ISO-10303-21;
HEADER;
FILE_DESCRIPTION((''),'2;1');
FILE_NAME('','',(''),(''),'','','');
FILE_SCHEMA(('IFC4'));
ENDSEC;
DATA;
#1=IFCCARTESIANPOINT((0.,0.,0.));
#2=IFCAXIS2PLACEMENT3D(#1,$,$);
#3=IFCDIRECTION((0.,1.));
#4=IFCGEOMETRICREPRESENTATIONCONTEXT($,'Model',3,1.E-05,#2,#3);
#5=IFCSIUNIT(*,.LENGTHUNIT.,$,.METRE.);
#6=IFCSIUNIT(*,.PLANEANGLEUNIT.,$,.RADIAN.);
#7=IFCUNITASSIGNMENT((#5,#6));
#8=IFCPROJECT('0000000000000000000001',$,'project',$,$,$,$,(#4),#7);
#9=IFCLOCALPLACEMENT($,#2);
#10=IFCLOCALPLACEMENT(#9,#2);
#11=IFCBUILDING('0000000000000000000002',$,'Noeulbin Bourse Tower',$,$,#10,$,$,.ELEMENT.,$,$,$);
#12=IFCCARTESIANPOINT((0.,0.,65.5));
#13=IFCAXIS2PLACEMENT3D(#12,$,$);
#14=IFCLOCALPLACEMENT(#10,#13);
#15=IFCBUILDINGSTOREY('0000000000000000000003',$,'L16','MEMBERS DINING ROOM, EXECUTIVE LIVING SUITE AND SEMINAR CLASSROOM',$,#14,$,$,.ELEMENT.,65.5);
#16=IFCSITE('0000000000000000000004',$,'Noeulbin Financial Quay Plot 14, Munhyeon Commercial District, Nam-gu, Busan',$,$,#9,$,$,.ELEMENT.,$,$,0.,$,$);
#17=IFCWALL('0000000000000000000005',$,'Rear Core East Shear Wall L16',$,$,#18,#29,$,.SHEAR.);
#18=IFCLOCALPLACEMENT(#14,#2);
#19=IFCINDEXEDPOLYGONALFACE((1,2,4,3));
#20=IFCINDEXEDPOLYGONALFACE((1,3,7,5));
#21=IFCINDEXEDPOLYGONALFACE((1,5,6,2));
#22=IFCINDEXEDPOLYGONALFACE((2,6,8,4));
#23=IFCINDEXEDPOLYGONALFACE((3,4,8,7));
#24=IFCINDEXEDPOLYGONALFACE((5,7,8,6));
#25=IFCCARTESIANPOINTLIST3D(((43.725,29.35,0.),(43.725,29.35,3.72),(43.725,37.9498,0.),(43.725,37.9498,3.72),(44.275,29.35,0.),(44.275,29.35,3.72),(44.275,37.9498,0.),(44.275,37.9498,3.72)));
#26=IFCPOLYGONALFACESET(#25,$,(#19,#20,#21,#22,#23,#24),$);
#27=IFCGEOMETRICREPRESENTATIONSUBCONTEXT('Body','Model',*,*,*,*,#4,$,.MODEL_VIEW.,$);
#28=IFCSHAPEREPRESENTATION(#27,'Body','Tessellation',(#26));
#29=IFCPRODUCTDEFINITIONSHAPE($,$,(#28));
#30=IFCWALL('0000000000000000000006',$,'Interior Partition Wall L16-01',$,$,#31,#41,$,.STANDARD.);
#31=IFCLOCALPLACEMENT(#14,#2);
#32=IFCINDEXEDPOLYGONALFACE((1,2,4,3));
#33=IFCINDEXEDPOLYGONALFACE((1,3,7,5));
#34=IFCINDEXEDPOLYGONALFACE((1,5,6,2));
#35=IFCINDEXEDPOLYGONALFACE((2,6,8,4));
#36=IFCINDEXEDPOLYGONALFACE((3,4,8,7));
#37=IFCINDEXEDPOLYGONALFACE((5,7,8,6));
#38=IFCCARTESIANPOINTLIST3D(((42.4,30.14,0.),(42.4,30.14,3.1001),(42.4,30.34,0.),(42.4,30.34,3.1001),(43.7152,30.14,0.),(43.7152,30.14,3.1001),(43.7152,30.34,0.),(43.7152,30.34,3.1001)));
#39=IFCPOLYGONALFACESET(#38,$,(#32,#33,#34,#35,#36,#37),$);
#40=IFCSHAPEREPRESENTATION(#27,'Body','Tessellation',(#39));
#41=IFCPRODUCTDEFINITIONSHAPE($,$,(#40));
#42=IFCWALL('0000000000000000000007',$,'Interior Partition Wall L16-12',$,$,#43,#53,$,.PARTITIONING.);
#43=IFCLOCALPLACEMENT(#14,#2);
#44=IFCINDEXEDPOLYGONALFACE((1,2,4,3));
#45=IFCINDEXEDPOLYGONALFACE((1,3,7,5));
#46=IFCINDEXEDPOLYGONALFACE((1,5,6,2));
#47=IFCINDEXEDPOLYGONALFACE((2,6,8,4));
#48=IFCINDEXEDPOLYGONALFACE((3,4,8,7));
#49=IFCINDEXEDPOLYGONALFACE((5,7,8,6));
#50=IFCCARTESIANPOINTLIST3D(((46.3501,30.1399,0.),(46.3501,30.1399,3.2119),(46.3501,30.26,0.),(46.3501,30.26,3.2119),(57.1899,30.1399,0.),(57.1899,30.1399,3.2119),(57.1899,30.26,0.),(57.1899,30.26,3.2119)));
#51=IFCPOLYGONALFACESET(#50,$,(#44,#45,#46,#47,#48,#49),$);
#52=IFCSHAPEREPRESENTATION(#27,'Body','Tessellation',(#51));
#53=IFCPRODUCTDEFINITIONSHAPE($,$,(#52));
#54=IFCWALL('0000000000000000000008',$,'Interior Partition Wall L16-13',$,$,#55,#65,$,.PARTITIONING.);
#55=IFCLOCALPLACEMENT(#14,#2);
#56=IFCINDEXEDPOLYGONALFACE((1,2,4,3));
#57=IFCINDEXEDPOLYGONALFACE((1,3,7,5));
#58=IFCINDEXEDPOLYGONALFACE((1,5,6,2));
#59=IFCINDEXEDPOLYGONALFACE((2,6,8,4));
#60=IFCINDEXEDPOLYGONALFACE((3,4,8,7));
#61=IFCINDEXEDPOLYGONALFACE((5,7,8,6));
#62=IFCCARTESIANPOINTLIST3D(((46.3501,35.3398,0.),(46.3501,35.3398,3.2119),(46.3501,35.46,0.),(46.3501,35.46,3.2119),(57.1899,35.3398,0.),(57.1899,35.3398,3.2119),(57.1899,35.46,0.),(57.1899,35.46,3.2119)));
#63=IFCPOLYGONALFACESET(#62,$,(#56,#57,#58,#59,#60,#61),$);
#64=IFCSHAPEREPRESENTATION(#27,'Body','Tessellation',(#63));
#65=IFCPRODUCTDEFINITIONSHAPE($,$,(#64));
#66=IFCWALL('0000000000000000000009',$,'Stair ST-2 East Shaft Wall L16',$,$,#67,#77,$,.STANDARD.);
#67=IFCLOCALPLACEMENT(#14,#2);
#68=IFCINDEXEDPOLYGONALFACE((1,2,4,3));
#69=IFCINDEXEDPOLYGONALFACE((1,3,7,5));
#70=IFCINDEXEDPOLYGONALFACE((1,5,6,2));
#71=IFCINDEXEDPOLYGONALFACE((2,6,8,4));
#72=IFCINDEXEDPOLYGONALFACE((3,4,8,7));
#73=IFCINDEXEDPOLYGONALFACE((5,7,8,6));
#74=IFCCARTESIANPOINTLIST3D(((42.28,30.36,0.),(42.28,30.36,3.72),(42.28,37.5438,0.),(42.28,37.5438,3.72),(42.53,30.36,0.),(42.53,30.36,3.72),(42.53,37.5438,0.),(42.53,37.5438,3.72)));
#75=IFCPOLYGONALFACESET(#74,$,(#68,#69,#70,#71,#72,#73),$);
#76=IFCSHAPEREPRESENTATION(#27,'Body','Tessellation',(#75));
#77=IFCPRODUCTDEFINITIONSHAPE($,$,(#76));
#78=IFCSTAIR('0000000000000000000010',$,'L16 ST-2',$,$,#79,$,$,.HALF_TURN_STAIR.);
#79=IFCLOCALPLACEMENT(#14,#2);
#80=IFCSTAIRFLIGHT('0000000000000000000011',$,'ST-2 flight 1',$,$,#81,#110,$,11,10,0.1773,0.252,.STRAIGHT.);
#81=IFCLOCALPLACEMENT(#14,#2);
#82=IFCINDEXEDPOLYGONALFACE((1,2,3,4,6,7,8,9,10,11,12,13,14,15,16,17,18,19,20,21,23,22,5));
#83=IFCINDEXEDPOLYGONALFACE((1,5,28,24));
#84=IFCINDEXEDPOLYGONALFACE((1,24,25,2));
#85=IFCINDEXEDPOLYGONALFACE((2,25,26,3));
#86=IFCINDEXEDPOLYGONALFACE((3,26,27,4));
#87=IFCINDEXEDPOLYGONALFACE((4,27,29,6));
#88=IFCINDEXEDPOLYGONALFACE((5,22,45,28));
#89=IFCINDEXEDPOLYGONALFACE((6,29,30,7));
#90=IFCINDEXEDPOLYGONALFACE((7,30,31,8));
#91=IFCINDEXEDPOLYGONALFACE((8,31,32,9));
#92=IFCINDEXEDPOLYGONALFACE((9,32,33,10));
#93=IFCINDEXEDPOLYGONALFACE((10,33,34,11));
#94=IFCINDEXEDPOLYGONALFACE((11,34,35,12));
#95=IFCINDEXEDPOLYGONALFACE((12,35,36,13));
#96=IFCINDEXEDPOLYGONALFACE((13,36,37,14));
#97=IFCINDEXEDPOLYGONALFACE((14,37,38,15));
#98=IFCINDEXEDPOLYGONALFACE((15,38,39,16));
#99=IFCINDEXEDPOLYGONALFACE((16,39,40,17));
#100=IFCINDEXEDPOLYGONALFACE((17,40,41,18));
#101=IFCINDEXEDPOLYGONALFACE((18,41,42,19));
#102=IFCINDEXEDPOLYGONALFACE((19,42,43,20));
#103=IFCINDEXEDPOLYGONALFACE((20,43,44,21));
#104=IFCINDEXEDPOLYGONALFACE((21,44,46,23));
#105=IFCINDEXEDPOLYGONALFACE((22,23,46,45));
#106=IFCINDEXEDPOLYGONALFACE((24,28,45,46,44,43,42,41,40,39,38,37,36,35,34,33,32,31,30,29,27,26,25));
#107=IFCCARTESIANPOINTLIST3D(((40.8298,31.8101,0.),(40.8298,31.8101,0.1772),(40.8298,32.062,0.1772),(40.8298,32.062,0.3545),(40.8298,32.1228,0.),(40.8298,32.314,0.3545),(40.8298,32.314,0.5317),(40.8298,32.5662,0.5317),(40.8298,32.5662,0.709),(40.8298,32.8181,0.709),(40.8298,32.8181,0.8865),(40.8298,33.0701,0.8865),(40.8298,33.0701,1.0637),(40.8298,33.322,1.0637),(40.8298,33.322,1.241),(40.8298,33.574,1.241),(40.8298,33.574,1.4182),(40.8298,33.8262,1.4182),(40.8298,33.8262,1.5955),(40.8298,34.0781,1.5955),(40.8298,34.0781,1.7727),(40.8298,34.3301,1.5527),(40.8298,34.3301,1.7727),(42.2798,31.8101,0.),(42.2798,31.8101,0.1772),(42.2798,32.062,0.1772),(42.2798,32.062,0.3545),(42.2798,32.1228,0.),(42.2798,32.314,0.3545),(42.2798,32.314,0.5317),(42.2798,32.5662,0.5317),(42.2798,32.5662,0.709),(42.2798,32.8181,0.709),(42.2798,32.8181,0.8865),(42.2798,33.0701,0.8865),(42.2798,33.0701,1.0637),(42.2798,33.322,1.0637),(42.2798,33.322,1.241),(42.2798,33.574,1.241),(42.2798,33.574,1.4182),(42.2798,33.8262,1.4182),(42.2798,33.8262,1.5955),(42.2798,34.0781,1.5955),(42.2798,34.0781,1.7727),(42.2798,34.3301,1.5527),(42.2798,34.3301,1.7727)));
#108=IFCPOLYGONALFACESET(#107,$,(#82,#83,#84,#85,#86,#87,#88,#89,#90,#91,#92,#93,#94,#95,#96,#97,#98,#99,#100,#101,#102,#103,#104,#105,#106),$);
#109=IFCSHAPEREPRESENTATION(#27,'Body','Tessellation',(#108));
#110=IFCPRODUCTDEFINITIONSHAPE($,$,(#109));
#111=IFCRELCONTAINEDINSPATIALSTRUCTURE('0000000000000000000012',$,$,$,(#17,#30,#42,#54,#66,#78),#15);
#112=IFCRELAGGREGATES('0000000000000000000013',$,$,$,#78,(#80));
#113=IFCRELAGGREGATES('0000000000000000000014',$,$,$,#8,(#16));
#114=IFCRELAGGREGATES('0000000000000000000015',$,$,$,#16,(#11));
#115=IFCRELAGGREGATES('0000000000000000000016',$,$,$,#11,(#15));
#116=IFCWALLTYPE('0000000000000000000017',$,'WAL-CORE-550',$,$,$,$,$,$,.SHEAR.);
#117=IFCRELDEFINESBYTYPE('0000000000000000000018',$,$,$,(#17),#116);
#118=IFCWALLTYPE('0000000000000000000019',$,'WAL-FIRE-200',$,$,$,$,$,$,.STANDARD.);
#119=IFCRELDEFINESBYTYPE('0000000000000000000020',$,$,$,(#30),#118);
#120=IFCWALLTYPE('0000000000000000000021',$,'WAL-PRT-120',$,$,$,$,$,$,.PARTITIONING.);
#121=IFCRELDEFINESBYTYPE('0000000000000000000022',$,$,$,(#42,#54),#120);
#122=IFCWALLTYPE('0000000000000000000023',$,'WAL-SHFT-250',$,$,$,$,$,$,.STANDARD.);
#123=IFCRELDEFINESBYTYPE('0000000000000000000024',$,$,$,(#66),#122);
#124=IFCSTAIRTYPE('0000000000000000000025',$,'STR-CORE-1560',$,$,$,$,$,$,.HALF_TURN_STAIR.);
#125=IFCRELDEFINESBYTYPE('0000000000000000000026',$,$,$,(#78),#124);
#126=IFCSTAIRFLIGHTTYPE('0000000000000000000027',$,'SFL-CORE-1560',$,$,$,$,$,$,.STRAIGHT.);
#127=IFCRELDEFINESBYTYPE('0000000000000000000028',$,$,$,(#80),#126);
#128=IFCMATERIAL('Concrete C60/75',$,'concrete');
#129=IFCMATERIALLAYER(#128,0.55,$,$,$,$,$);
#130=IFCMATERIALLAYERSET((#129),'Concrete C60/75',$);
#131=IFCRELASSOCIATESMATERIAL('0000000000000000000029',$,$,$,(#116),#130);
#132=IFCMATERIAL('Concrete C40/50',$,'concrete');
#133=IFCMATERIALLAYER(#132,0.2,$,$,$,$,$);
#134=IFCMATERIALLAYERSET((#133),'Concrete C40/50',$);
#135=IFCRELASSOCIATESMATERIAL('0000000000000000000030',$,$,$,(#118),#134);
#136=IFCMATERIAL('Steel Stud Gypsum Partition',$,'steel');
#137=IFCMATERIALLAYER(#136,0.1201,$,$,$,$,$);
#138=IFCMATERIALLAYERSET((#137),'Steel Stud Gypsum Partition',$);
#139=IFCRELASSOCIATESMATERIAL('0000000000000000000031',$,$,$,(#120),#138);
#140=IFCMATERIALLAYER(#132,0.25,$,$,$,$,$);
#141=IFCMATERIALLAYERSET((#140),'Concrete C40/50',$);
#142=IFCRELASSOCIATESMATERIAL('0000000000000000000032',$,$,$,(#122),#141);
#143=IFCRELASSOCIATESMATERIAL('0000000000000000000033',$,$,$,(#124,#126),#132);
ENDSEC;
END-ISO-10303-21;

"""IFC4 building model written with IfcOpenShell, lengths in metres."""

from ifc_helpers import new_model, si_unit, direction, frame, frame_2d, origin, place, context, subcontext, project, spatial, polyline, rectangle, outline, extrude, material, layer, layer_set, type_object, element, aggregate, save


model = new_model("IFC4")

# Units and contexts
model_context = context("Model", 3, precision=1e-05, world=origin(), true_north=direction((0.0, 1.0)))
body_context = subcontext(model_context, "Body", "Model", "MODEL_VIEW")
ifc_project = project(units=[si_unit("LENGTHUNIT", "METRE"), si_unit("PLANEANGLEUNIT", "RADIAN")], contexts=[model_context])

# Site, building, storey
site_placement = place(None, origin())
site = spatial("IfcSite", under=ifc_project, at=site_placement, Name="Noeulbin Financial Quay Plot 14, Munhyeon Commercial District, Nam-gu, Busan", CompositionType="ELEMENT", RefElevation=0.0)
building_placement = place(site_placement, origin())
building = spatial("IfcBuilding", under=site, at=building_placement, Name="Noeulbin Bourse Tower", CompositionType="ELEMENT")
storey_placement = place(building_placement, frame((0.0, 0.0, 65.5)))
storey = spatial("IfcBuildingStorey", under=building, at=storey_placement, Name="L16", Description="MEMBERS DINING ROOM, EXECUTIVE LIVING SUITE AND SEMINAR CLASSROOM", CompositionType="ELEMENT", Elevation=65.5)

# Walls
ifc_material_1 = material(Name="Concrete C60/75", Category="concrete")
ifc_layer_1 = layer(ifc_material_1, 0.55)
ifc_layer_set_1 = layer_set([ifc_layer_1], Name="Concrete C60/75")
wall_type_1 = type_object("IfcWallType", Name="WAL-CORE-550", PredefinedType="SHEAR", material=ifc_layer_set_1)
wall_1_placement = place(storey_placement, frame((44.0, 29.3501, 0.0), z_axis=(0.0, 0.0, 1.0), x_axis=(0.0, 1.0, 0.0)))
element("IfcWall", 1, at=wall_1_placement, inside=storey, type_object=wall_type_1, Name="Rear Core East Shear Wall L16", PredefinedType="SHEAR", context=body_context, shape_type="SweptSolid", body=[
    extrude(rectangle(XDim=8.5999, YDim=0.55, at=frame_2d((4.2998, 0.0))), origin(), (0.0, 0.0, 1.0), 3.72),
])
ifc_material_2 = material(Name="Concrete C40/50", Category="concrete")
ifc_layer_2 = layer(ifc_material_2, 0.2)
ifc_layer_set_2 = layer_set([ifc_layer_2], Name="Concrete C40/50")
wall_type_2 = type_object("IfcWallType", Name="WAL-FIRE-200", PredefinedType="STANDARD", material=ifc_layer_set_2)
wall_2_placement = place(storey_placement, frame((42.3999, 30.24, 0.0), z_axis=(0.0, 0.0, 1.0), x_axis=(1.0, 0.0, 0.0)))
element("IfcWall", 2, at=wall_2_placement, inside=storey, type_object=wall_type_2, Name="Interior Partition Wall L16-01", PredefinedType="STANDARD", context=body_context, shape_type="SweptSolid", body=[
    extrude(rectangle(XDim=1.3152, YDim=0.2, at=frame_2d((0.6577, 0.0))), origin(), (0.0, 0.0, 1.0), 3.1001),
])
ifc_material_3 = material(Name="Steel Stud Gypsum Partition", Category="steel")
ifc_layer_3 = layer(ifc_material_3, 0.1201)
ifc_layer_set_3 = layer_set([ifc_layer_3], Name="Steel Stud Gypsum Partition")
wall_type_3 = type_object("IfcWallType", Name="WAL-PRT-120", PredefinedType="PARTITIONING", material=ifc_layer_set_3)
for number, where, z_axis, x_axis, name in (
    (3, (46.3501, 30.2, 0.0), (0.0, 0.0, 1.0), (1.0, 0.0, 0.0), "Interior Partition Wall L16-12"),
    (4, (46.3501, 35.3999, 0.0), (0.0, 0.0, 1.0), (1.0, 0.0, 0.0), "Interior Partition Wall L16-13"),
):
    element("IfcWall", number, at=place(storey_placement, frame(where, z_axis=z_axis, x_axis=x_axis)), inside=storey, type_object=wall_type_3, Name=name, PredefinedType="PARTITIONING", context=body_context, shape_type="SweptSolid", body=[
        extrude(rectangle(XDim=10.8398, YDim=0.1201, at=frame_2d((5.4199, 0.0))), origin(), (0.0, 0.0, 1.0), 3.2119),
    ])
ifc_layer_4 = layer(ifc_material_2, 0.25)
ifc_layer_set_4 = layer_set([ifc_layer_4], Name="Concrete C40/50")
wall_type_4 = type_object("IfcWallType", Name="WAL-SHFT-250", PredefinedType="STANDARD", material=ifc_layer_set_4)
wall_3_placement = place(storey_placement, frame((42.405, 30.3601, 0.0), z_axis=(0.0, 0.0, 1.0), x_axis=(0.0, 1.0, 0.0)))
element("IfcWall", 5, at=wall_3_placement, inside=storey, type_object=wall_type_4, Name="Stair ST-2 East Shaft Wall L16", PredefinedType="STANDARD", context=body_context, shape_type="SweptSolid", body=[
    extrude(rectangle(XDim=7.1838, YDim=0.25, at=frame_2d((3.5918, 0.0))), origin(), (0.0, 0.0, 1.0), 3.72),
])

# Stair, stair flight
stair_type = type_object("IfcStairType", Name="STR-CORE-1560", PredefinedType="HALF_TURN_STAIR", material=ifc_material_2)
stair_placement = place(storey_placement, origin())
stair = element("IfcStair", 6, at=stair_placement, inside=storey, type_object=stair_type, Name="L16 ST-2", PredefinedType="HALF_TURN_STAIR")
stair_flight_type = type_object("IfcStairFlightType", Name="SFL-CORE-1560", PredefinedType="STRAIGHT", material=ifc_material_2)
stair_flight_placement = place(storey_placement, frame((41.5549, 31.8101, 0.0), z_axis=(0.0, 0.0, 1.0), x_axis=(0.0, 1.0, 0.0)))
stair_flight = element("IfcStairFlight", 7, at=stair_flight_placement, type_object=stair_flight_type, Name="ST-2 flight 1", NumberOfRisers=11, NumberOfTreads=10, PredefinedType="STRAIGHT", RiserHeight=0.1773, TreadLength=0.252, context=body_context, shape_type="SweptSolid", body=[
    extrude(outline(polyline([(0.0, 0.0), (0.0, 0.1772), (0.252, 0.1772), (0.252, 0.3545), (0.5039, 0.3545), (0.5039, 0.5317), (0.7561, 0.5317), (0.7561, 0.709), (1.0081, 0.709), (1.0081, 0.8865), (1.26, 0.8865), (1.26, 1.0637), (1.512, 1.0637), (1.512, 1.241), (1.7639, 1.241), (1.7639, 1.4182), (2.0161, 1.4182), (2.0161, 1.5955), (2.2681, 1.5955), (2.2681, 1.7727), (2.52, 1.7727), (2.52, 1.95), (2.52, 1.5527), (0.3127, 0.0), (0.0, 0.0)])), frame((0.0, 0.7251, 0.0), z_axis=(0.0, -1.0, 0.0), x_axis=(1.0, 0.0, 0.0)), (0.0, 0.0, 1.0), 1.45),
])
aggregate(stair, [stair_flight])

save(model, "model.ifc")
